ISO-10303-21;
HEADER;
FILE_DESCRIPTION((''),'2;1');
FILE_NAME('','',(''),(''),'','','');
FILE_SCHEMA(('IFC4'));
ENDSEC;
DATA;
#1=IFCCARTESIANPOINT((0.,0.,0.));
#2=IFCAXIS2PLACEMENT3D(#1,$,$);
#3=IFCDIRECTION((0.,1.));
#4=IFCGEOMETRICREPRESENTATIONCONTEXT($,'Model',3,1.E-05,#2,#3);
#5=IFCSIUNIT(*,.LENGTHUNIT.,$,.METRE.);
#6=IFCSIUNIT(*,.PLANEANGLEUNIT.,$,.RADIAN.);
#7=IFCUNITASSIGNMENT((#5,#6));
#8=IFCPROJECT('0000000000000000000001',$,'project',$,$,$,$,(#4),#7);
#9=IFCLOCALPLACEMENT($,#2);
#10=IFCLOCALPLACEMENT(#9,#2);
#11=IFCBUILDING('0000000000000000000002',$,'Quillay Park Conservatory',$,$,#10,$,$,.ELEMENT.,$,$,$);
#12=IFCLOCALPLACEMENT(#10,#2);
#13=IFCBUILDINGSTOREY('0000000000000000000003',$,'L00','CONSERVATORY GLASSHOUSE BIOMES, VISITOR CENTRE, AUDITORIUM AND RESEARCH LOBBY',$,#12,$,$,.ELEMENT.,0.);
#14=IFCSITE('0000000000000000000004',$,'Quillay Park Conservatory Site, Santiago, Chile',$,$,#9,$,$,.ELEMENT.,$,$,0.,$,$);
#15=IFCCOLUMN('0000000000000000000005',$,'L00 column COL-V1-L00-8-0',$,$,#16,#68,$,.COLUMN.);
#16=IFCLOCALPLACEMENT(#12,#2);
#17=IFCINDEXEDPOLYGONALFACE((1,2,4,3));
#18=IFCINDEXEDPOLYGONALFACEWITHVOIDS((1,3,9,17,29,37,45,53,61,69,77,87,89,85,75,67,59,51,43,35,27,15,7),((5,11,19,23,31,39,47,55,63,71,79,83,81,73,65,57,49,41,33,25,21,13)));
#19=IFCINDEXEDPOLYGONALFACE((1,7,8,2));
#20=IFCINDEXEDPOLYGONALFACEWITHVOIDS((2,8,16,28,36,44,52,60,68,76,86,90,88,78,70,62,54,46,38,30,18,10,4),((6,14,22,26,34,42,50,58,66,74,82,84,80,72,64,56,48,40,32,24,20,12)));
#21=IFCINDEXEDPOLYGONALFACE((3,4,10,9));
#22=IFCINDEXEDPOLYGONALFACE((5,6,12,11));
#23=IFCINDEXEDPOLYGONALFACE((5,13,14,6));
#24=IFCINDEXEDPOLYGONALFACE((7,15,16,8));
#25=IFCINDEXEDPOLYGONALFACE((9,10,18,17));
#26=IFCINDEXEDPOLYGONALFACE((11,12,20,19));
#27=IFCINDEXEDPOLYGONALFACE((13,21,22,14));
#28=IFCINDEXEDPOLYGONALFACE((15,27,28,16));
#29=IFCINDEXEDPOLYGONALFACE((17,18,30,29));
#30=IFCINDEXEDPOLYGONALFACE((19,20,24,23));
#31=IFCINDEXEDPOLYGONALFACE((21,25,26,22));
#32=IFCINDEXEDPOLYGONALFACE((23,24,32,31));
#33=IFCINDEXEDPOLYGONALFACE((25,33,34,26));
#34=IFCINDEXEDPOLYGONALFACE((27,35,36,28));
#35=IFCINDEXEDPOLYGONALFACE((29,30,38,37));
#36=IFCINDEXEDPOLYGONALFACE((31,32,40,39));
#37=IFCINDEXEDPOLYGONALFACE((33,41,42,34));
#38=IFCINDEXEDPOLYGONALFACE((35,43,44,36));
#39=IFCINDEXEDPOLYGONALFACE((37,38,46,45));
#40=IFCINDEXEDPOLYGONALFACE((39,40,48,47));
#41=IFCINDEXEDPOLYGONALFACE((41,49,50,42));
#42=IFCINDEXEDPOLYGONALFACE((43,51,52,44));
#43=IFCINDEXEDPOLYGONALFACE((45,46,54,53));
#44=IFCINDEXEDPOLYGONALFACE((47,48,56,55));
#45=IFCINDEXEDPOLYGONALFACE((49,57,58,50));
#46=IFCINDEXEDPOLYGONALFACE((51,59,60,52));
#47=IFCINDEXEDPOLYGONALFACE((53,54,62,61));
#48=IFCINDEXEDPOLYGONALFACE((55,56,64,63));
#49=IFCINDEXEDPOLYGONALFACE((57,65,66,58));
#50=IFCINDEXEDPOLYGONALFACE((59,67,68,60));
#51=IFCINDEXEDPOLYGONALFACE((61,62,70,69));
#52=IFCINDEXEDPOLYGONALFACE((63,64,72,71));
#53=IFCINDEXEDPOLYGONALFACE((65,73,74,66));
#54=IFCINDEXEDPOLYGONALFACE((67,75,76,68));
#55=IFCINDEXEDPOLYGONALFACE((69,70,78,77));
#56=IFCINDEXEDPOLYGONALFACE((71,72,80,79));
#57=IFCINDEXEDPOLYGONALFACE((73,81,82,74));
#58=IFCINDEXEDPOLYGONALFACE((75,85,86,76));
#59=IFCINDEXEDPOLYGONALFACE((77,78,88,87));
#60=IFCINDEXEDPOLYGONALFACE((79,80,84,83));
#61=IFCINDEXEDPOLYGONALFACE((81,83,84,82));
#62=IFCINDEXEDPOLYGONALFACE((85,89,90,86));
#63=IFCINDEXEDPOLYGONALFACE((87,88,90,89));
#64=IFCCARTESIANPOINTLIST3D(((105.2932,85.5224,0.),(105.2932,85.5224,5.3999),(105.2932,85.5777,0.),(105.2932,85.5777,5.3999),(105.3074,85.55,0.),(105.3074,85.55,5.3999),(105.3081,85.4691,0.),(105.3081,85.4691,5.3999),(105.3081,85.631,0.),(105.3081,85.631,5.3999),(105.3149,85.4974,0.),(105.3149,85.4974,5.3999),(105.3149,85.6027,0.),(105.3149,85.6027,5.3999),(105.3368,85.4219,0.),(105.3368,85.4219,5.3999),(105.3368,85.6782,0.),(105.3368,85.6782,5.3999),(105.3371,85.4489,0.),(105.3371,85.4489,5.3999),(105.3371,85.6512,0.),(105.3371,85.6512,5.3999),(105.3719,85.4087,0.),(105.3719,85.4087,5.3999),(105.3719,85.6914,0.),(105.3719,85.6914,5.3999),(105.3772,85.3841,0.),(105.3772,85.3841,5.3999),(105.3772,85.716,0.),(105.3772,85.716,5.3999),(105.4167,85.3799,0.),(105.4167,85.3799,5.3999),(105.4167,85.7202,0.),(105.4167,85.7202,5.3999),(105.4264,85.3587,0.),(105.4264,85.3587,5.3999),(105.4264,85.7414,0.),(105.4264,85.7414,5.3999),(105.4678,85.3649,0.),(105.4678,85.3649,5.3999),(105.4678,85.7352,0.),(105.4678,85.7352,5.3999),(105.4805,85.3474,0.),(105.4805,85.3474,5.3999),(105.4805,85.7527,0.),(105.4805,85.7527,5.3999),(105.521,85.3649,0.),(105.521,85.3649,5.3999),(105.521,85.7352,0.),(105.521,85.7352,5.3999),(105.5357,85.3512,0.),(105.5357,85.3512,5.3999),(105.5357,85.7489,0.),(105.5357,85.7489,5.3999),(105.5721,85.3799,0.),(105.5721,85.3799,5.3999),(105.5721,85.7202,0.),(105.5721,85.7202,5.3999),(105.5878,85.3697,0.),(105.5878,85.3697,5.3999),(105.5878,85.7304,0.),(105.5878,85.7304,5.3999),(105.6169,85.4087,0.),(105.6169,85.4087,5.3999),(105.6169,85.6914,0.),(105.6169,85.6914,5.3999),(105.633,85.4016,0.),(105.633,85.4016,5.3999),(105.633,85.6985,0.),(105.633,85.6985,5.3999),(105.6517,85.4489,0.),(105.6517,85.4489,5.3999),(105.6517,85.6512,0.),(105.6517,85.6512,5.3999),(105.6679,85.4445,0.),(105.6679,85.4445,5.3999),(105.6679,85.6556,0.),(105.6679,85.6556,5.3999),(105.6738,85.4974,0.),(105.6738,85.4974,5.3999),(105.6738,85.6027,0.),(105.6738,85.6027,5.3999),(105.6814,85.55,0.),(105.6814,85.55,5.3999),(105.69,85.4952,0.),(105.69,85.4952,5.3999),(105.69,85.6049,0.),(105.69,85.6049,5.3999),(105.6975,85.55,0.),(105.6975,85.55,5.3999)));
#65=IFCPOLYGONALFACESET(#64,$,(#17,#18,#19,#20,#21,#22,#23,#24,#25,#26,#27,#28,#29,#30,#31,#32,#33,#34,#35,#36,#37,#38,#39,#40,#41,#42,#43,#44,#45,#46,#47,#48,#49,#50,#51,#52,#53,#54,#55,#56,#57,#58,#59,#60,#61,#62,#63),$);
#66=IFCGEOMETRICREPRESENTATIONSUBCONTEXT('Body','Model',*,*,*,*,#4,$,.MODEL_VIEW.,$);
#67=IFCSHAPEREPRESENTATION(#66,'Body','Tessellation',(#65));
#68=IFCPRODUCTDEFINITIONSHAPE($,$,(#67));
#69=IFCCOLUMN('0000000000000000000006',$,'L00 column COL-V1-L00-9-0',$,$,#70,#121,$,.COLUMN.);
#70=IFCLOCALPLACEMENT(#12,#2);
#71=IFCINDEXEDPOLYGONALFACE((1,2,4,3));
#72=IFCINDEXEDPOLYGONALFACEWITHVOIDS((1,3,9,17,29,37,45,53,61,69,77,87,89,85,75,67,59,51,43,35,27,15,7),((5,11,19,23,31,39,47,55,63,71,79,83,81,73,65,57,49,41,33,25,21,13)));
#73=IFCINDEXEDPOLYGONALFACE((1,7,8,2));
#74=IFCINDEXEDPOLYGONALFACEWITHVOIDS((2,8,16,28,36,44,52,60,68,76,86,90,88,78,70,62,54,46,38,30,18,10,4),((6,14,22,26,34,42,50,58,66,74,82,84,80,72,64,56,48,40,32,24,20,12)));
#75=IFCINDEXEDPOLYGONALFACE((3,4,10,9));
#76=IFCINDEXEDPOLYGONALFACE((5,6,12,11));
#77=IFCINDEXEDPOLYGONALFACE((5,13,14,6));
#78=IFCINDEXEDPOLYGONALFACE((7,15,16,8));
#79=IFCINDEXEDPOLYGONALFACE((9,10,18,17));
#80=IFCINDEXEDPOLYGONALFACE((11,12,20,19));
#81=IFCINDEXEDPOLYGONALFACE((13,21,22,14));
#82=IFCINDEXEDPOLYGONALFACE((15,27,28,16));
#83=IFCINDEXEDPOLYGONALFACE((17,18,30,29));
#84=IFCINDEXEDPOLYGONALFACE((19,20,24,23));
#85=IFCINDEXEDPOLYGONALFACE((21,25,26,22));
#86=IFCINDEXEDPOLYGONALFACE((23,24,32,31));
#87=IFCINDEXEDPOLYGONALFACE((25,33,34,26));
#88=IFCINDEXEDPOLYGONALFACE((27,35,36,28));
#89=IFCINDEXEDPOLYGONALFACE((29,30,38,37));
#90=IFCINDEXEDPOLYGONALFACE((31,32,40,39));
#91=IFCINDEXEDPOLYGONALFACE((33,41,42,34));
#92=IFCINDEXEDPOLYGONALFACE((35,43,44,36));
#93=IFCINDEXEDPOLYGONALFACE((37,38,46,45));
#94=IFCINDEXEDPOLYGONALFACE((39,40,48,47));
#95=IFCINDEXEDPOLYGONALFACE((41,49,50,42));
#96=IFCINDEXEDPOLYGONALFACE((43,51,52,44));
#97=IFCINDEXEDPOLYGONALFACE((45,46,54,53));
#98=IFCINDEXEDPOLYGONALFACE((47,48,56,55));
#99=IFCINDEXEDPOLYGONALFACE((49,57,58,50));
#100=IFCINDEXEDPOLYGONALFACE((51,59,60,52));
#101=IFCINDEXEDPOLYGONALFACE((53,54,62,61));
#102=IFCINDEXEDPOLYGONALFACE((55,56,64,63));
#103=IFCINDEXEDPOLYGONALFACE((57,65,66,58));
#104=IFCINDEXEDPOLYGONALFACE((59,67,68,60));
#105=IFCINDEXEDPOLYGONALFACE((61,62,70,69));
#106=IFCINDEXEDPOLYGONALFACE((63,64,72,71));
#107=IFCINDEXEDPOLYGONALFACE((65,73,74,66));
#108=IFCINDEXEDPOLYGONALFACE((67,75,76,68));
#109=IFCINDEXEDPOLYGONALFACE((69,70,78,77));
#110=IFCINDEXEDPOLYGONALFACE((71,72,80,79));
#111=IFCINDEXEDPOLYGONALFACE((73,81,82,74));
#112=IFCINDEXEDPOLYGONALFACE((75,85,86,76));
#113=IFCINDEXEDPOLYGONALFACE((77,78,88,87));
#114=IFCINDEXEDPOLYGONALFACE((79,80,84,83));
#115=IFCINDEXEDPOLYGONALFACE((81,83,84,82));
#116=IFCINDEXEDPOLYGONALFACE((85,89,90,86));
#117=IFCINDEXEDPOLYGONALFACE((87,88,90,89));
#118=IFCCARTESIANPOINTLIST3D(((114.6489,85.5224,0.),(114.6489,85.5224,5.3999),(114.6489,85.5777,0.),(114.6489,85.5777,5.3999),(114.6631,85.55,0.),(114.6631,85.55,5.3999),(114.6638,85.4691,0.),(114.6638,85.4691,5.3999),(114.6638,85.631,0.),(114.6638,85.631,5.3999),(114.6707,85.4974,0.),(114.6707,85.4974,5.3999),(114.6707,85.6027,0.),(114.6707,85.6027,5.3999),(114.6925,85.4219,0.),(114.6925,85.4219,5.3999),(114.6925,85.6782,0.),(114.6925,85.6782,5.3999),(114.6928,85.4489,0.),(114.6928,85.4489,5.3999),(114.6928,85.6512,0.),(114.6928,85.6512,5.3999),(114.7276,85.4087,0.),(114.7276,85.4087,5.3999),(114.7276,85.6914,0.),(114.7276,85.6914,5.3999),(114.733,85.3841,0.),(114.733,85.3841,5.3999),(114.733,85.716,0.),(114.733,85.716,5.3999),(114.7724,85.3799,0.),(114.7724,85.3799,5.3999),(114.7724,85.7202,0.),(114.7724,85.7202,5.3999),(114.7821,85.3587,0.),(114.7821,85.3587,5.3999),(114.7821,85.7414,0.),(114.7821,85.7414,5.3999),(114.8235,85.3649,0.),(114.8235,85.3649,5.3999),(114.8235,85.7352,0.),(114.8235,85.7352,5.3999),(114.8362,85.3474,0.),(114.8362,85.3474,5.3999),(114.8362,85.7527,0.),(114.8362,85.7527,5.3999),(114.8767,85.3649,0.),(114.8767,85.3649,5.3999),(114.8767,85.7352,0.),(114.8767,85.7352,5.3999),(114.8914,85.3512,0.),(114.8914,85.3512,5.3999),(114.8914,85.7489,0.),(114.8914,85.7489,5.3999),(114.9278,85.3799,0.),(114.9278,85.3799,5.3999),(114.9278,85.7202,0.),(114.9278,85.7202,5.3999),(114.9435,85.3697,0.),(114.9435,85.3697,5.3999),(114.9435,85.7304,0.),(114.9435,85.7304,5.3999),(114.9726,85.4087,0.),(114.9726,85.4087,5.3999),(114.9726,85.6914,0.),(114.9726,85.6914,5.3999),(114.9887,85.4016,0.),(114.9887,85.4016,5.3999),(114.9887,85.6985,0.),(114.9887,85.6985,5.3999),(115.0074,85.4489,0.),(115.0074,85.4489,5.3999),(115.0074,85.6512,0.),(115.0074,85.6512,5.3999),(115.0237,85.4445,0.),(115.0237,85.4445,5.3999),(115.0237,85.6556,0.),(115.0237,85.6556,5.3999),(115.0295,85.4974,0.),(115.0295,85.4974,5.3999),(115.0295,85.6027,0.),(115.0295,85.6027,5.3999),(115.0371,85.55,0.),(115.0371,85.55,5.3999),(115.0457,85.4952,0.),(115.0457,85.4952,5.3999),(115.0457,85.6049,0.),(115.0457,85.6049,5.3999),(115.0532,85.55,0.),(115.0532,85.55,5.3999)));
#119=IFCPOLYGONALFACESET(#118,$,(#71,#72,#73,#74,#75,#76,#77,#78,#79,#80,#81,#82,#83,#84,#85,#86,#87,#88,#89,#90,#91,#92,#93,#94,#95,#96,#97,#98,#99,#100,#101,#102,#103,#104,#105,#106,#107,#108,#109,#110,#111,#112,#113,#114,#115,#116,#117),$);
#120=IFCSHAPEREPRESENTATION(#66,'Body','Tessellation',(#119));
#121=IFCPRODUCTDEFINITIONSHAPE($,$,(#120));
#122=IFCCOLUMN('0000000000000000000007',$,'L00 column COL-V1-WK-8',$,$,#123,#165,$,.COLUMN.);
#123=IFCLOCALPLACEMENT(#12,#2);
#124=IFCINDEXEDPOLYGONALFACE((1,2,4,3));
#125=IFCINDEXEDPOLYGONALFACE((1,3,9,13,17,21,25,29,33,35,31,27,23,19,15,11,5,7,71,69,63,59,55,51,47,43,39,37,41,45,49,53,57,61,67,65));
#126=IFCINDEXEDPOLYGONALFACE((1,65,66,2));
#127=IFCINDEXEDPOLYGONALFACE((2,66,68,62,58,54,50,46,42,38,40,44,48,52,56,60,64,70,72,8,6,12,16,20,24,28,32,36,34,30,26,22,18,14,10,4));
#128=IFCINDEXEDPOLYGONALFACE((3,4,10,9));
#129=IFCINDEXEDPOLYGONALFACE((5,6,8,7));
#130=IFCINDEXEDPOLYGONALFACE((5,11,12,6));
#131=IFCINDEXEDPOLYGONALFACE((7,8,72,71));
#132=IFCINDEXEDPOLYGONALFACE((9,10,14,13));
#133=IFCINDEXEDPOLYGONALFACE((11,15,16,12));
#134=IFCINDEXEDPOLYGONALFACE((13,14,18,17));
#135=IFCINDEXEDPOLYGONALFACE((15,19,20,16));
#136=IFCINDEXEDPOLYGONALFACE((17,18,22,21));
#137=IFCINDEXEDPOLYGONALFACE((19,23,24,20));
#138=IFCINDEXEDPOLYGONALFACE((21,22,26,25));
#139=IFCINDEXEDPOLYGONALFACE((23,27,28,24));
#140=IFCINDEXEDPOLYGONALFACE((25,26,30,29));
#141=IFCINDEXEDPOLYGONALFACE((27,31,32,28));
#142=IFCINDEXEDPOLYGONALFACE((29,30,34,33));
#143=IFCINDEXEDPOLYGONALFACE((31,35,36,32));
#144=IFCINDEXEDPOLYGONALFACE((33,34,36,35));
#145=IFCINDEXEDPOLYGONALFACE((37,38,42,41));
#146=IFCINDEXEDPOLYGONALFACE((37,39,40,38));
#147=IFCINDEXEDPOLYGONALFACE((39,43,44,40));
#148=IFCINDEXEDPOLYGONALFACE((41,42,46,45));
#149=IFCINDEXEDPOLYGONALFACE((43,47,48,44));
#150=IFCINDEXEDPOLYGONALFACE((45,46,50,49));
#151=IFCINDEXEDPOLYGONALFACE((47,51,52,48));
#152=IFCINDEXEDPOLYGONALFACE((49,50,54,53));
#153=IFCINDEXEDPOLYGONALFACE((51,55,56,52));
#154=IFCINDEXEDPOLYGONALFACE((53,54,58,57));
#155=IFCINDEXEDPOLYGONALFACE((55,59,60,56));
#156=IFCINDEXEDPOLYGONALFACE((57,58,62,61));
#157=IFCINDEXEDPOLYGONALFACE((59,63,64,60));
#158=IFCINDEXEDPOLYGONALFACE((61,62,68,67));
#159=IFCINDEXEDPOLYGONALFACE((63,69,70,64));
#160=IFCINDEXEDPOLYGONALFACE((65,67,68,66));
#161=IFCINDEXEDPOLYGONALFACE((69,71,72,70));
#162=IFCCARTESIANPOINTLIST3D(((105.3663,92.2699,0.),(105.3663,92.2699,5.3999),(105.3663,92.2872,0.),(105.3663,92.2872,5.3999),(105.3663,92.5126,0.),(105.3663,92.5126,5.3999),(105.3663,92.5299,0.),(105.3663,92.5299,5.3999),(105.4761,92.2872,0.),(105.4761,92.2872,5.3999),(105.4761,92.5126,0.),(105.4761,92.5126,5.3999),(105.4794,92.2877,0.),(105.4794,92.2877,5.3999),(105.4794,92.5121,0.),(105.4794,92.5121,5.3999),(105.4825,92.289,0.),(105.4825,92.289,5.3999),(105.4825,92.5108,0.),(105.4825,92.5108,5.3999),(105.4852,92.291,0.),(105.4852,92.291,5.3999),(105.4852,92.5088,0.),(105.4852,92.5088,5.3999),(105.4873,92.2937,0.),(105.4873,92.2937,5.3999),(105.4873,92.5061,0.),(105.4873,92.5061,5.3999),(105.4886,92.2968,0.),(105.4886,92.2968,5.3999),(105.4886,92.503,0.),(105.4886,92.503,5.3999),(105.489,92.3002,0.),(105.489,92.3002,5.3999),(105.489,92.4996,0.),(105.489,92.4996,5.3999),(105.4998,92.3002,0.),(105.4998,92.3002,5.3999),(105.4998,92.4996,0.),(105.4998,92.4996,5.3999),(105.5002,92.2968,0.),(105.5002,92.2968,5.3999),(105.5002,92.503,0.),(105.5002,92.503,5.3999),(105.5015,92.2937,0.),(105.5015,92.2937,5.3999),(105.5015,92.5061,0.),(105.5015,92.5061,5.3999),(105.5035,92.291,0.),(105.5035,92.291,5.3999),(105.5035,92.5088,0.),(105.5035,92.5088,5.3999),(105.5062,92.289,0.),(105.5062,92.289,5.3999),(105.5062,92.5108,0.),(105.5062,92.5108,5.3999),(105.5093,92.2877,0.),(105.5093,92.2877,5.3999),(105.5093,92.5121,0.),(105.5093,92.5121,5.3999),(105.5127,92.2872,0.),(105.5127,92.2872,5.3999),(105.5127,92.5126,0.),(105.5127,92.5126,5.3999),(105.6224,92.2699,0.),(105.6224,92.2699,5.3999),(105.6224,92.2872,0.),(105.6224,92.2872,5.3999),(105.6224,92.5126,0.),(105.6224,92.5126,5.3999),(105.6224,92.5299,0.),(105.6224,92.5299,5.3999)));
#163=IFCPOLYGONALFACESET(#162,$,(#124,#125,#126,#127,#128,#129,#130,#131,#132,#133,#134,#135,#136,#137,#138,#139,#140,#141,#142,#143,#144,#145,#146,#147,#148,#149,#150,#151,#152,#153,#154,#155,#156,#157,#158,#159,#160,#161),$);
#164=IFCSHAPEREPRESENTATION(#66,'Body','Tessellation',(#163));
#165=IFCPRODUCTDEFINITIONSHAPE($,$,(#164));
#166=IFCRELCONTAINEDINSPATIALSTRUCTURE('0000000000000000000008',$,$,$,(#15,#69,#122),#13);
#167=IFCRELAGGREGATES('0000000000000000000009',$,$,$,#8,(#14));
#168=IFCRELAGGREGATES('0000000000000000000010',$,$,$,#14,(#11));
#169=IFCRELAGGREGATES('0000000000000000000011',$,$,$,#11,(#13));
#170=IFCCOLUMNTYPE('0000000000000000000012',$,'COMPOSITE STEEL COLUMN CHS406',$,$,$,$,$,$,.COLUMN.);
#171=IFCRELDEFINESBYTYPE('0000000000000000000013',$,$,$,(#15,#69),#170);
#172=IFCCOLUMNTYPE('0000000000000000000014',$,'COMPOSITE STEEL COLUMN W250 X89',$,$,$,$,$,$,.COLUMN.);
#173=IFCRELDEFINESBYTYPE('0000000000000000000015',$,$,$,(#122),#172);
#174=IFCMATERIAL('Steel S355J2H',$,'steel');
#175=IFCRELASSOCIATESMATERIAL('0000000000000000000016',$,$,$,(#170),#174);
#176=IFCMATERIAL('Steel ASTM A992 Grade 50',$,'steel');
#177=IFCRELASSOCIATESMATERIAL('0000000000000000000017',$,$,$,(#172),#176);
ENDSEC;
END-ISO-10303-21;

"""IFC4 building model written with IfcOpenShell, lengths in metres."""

from ifc_helpers import new_model, si_unit, direction, frame, origin, origin_2d, place, context, subcontext, project, spatial, hollow_circle, i_section, extrude, material, material_profile, profile_set, type_object, element, save


model = new_model("IFC4")

# Units and contexts
model_context = context("Model", 3, precision=1e-05, world=origin(), true_north=direction((0.0, 1.0)))
body_context = subcontext(model_context, "Body", "Model", "MODEL_VIEW")
ifc_project = project(units=[si_unit("LENGTHUNIT", "METRE"), si_unit("PLANEANGLEUNIT", "RADIAN")], contexts=[model_context])

# Site, building, storey
site_placement = place(None, origin())
site = spatial("IfcSite", under=ifc_project, at=site_placement, Name="Quillay Park Conservatory Site, Santiago, Chile", CompositionType="ELEMENT", RefElevation=0.0)
building_placement = place(site_placement, origin())
building = spatial("IfcBuilding", under=site, at=building_placement, Name="Quillay Park Conservatory", CompositionType="ELEMENT")
storey_placement = place(building_placement, origin())
storey = spatial("IfcBuildingStorey", under=building, at=storey_placement, Name="L00", Description="CONSERVATORY GLASSHOUSE BIOMES, VISITOR CENTRE, AUDITORIUM AND RESEARCH LOBBY", CompositionType="ELEMENT", Elevation=0.0)

# Columns
ifc_material_1 = material(Name="Steel S355J2H", Category="steel")
ifc_material_profile_1 = material_profile(ifc_material_1, hollow_circle(Radius=0.2031, WallThickness=0.0161, at=origin_2d()), Name="CHS406.4x16")
ifc_profile_set_1 = profile_set([ifc_material_profile_1], Name="Steel S355J2H")
column_type_1 = type_object("IfcColumnType", Name="COMPOSITE STEEL COLUMN CHS406", PredefinedType="COLUMN", material=ifc_profile_set_1)
for number, where, z_axis, x_axis, name in (
    (1, (105.4944, 85.55, 0.0), (0.0, 0.0, 1.0), (1.0, 0.0, 0.0), "L00 column COL-V1-L00-8-0"),
    (2, (114.8501, 85.55, 0.0), (0.0, 0.0, 1.0), (1.0, 0.0, 0.0), "L00 column COL-V1-L00-9-0"),
):
    element("IfcColumn", number, at=place(storey_placement, frame(where, z_axis=z_axis, x_axis=x_axis)), inside=storey, type_object=column_type_1, Name=name, PredefinedType="COLUMN", context=body_context, shape_type="SweptSolid", body=[
        extrude(hollow_circle(Radius=0.2031, WallThickness=0.0161, at=origin_2d()), origin(), (0.0, 0.0, 1.0), 5.3999),
    ])
ifc_material_2 = material(Name="Steel ASTM A992 Grade 50", Category="steel")
ifc_material_profile_2 = material_profile(ifc_material_2, i_section(OverallWidth=0.2561, OverallDepth=0.26, WebThickness=0.0107, FlangeThickness=0.0173, FilletRadius=0.0129, at=origin_2d()), Name="W250x89")
ifc_profile_set_2 = profile_set([ifc_material_profile_2], Name="Steel ASTM A992 Grade 50")
column_type_2 = type_object("IfcColumnType", Name="COMPOSITE STEEL COLUMN W250 X89", PredefinedType="COLUMN", material=ifc_profile_set_2)
for number, where, z_axis, x_axis, name in (
    (3, (105.4944, 92.3999, 0.0), (0.0, 0.0, 1.0), (1.0, 0.0, 0.0), "L00 column COL-V1-WK-8"),
):
    element("IfcColumn", number, at=place(storey_placement, frame(where, z_axis=z_axis, x_axis=x_axis)), inside=storey, type_object=column_type_2, Name=name, PredefinedType="COLUMN", context=body_context, shape_type="SweptSolid", body=[
        extrude(i_section(OverallWidth=0.2561, OverallDepth=0.26, WebThickness=0.0107, FlangeThickness=0.0173, FilletRadius=0.0129, at=origin_2d()), origin(), (0.0, 0.0, 1.0), 5.3999),
    ])

save(model, "model.ifc")
